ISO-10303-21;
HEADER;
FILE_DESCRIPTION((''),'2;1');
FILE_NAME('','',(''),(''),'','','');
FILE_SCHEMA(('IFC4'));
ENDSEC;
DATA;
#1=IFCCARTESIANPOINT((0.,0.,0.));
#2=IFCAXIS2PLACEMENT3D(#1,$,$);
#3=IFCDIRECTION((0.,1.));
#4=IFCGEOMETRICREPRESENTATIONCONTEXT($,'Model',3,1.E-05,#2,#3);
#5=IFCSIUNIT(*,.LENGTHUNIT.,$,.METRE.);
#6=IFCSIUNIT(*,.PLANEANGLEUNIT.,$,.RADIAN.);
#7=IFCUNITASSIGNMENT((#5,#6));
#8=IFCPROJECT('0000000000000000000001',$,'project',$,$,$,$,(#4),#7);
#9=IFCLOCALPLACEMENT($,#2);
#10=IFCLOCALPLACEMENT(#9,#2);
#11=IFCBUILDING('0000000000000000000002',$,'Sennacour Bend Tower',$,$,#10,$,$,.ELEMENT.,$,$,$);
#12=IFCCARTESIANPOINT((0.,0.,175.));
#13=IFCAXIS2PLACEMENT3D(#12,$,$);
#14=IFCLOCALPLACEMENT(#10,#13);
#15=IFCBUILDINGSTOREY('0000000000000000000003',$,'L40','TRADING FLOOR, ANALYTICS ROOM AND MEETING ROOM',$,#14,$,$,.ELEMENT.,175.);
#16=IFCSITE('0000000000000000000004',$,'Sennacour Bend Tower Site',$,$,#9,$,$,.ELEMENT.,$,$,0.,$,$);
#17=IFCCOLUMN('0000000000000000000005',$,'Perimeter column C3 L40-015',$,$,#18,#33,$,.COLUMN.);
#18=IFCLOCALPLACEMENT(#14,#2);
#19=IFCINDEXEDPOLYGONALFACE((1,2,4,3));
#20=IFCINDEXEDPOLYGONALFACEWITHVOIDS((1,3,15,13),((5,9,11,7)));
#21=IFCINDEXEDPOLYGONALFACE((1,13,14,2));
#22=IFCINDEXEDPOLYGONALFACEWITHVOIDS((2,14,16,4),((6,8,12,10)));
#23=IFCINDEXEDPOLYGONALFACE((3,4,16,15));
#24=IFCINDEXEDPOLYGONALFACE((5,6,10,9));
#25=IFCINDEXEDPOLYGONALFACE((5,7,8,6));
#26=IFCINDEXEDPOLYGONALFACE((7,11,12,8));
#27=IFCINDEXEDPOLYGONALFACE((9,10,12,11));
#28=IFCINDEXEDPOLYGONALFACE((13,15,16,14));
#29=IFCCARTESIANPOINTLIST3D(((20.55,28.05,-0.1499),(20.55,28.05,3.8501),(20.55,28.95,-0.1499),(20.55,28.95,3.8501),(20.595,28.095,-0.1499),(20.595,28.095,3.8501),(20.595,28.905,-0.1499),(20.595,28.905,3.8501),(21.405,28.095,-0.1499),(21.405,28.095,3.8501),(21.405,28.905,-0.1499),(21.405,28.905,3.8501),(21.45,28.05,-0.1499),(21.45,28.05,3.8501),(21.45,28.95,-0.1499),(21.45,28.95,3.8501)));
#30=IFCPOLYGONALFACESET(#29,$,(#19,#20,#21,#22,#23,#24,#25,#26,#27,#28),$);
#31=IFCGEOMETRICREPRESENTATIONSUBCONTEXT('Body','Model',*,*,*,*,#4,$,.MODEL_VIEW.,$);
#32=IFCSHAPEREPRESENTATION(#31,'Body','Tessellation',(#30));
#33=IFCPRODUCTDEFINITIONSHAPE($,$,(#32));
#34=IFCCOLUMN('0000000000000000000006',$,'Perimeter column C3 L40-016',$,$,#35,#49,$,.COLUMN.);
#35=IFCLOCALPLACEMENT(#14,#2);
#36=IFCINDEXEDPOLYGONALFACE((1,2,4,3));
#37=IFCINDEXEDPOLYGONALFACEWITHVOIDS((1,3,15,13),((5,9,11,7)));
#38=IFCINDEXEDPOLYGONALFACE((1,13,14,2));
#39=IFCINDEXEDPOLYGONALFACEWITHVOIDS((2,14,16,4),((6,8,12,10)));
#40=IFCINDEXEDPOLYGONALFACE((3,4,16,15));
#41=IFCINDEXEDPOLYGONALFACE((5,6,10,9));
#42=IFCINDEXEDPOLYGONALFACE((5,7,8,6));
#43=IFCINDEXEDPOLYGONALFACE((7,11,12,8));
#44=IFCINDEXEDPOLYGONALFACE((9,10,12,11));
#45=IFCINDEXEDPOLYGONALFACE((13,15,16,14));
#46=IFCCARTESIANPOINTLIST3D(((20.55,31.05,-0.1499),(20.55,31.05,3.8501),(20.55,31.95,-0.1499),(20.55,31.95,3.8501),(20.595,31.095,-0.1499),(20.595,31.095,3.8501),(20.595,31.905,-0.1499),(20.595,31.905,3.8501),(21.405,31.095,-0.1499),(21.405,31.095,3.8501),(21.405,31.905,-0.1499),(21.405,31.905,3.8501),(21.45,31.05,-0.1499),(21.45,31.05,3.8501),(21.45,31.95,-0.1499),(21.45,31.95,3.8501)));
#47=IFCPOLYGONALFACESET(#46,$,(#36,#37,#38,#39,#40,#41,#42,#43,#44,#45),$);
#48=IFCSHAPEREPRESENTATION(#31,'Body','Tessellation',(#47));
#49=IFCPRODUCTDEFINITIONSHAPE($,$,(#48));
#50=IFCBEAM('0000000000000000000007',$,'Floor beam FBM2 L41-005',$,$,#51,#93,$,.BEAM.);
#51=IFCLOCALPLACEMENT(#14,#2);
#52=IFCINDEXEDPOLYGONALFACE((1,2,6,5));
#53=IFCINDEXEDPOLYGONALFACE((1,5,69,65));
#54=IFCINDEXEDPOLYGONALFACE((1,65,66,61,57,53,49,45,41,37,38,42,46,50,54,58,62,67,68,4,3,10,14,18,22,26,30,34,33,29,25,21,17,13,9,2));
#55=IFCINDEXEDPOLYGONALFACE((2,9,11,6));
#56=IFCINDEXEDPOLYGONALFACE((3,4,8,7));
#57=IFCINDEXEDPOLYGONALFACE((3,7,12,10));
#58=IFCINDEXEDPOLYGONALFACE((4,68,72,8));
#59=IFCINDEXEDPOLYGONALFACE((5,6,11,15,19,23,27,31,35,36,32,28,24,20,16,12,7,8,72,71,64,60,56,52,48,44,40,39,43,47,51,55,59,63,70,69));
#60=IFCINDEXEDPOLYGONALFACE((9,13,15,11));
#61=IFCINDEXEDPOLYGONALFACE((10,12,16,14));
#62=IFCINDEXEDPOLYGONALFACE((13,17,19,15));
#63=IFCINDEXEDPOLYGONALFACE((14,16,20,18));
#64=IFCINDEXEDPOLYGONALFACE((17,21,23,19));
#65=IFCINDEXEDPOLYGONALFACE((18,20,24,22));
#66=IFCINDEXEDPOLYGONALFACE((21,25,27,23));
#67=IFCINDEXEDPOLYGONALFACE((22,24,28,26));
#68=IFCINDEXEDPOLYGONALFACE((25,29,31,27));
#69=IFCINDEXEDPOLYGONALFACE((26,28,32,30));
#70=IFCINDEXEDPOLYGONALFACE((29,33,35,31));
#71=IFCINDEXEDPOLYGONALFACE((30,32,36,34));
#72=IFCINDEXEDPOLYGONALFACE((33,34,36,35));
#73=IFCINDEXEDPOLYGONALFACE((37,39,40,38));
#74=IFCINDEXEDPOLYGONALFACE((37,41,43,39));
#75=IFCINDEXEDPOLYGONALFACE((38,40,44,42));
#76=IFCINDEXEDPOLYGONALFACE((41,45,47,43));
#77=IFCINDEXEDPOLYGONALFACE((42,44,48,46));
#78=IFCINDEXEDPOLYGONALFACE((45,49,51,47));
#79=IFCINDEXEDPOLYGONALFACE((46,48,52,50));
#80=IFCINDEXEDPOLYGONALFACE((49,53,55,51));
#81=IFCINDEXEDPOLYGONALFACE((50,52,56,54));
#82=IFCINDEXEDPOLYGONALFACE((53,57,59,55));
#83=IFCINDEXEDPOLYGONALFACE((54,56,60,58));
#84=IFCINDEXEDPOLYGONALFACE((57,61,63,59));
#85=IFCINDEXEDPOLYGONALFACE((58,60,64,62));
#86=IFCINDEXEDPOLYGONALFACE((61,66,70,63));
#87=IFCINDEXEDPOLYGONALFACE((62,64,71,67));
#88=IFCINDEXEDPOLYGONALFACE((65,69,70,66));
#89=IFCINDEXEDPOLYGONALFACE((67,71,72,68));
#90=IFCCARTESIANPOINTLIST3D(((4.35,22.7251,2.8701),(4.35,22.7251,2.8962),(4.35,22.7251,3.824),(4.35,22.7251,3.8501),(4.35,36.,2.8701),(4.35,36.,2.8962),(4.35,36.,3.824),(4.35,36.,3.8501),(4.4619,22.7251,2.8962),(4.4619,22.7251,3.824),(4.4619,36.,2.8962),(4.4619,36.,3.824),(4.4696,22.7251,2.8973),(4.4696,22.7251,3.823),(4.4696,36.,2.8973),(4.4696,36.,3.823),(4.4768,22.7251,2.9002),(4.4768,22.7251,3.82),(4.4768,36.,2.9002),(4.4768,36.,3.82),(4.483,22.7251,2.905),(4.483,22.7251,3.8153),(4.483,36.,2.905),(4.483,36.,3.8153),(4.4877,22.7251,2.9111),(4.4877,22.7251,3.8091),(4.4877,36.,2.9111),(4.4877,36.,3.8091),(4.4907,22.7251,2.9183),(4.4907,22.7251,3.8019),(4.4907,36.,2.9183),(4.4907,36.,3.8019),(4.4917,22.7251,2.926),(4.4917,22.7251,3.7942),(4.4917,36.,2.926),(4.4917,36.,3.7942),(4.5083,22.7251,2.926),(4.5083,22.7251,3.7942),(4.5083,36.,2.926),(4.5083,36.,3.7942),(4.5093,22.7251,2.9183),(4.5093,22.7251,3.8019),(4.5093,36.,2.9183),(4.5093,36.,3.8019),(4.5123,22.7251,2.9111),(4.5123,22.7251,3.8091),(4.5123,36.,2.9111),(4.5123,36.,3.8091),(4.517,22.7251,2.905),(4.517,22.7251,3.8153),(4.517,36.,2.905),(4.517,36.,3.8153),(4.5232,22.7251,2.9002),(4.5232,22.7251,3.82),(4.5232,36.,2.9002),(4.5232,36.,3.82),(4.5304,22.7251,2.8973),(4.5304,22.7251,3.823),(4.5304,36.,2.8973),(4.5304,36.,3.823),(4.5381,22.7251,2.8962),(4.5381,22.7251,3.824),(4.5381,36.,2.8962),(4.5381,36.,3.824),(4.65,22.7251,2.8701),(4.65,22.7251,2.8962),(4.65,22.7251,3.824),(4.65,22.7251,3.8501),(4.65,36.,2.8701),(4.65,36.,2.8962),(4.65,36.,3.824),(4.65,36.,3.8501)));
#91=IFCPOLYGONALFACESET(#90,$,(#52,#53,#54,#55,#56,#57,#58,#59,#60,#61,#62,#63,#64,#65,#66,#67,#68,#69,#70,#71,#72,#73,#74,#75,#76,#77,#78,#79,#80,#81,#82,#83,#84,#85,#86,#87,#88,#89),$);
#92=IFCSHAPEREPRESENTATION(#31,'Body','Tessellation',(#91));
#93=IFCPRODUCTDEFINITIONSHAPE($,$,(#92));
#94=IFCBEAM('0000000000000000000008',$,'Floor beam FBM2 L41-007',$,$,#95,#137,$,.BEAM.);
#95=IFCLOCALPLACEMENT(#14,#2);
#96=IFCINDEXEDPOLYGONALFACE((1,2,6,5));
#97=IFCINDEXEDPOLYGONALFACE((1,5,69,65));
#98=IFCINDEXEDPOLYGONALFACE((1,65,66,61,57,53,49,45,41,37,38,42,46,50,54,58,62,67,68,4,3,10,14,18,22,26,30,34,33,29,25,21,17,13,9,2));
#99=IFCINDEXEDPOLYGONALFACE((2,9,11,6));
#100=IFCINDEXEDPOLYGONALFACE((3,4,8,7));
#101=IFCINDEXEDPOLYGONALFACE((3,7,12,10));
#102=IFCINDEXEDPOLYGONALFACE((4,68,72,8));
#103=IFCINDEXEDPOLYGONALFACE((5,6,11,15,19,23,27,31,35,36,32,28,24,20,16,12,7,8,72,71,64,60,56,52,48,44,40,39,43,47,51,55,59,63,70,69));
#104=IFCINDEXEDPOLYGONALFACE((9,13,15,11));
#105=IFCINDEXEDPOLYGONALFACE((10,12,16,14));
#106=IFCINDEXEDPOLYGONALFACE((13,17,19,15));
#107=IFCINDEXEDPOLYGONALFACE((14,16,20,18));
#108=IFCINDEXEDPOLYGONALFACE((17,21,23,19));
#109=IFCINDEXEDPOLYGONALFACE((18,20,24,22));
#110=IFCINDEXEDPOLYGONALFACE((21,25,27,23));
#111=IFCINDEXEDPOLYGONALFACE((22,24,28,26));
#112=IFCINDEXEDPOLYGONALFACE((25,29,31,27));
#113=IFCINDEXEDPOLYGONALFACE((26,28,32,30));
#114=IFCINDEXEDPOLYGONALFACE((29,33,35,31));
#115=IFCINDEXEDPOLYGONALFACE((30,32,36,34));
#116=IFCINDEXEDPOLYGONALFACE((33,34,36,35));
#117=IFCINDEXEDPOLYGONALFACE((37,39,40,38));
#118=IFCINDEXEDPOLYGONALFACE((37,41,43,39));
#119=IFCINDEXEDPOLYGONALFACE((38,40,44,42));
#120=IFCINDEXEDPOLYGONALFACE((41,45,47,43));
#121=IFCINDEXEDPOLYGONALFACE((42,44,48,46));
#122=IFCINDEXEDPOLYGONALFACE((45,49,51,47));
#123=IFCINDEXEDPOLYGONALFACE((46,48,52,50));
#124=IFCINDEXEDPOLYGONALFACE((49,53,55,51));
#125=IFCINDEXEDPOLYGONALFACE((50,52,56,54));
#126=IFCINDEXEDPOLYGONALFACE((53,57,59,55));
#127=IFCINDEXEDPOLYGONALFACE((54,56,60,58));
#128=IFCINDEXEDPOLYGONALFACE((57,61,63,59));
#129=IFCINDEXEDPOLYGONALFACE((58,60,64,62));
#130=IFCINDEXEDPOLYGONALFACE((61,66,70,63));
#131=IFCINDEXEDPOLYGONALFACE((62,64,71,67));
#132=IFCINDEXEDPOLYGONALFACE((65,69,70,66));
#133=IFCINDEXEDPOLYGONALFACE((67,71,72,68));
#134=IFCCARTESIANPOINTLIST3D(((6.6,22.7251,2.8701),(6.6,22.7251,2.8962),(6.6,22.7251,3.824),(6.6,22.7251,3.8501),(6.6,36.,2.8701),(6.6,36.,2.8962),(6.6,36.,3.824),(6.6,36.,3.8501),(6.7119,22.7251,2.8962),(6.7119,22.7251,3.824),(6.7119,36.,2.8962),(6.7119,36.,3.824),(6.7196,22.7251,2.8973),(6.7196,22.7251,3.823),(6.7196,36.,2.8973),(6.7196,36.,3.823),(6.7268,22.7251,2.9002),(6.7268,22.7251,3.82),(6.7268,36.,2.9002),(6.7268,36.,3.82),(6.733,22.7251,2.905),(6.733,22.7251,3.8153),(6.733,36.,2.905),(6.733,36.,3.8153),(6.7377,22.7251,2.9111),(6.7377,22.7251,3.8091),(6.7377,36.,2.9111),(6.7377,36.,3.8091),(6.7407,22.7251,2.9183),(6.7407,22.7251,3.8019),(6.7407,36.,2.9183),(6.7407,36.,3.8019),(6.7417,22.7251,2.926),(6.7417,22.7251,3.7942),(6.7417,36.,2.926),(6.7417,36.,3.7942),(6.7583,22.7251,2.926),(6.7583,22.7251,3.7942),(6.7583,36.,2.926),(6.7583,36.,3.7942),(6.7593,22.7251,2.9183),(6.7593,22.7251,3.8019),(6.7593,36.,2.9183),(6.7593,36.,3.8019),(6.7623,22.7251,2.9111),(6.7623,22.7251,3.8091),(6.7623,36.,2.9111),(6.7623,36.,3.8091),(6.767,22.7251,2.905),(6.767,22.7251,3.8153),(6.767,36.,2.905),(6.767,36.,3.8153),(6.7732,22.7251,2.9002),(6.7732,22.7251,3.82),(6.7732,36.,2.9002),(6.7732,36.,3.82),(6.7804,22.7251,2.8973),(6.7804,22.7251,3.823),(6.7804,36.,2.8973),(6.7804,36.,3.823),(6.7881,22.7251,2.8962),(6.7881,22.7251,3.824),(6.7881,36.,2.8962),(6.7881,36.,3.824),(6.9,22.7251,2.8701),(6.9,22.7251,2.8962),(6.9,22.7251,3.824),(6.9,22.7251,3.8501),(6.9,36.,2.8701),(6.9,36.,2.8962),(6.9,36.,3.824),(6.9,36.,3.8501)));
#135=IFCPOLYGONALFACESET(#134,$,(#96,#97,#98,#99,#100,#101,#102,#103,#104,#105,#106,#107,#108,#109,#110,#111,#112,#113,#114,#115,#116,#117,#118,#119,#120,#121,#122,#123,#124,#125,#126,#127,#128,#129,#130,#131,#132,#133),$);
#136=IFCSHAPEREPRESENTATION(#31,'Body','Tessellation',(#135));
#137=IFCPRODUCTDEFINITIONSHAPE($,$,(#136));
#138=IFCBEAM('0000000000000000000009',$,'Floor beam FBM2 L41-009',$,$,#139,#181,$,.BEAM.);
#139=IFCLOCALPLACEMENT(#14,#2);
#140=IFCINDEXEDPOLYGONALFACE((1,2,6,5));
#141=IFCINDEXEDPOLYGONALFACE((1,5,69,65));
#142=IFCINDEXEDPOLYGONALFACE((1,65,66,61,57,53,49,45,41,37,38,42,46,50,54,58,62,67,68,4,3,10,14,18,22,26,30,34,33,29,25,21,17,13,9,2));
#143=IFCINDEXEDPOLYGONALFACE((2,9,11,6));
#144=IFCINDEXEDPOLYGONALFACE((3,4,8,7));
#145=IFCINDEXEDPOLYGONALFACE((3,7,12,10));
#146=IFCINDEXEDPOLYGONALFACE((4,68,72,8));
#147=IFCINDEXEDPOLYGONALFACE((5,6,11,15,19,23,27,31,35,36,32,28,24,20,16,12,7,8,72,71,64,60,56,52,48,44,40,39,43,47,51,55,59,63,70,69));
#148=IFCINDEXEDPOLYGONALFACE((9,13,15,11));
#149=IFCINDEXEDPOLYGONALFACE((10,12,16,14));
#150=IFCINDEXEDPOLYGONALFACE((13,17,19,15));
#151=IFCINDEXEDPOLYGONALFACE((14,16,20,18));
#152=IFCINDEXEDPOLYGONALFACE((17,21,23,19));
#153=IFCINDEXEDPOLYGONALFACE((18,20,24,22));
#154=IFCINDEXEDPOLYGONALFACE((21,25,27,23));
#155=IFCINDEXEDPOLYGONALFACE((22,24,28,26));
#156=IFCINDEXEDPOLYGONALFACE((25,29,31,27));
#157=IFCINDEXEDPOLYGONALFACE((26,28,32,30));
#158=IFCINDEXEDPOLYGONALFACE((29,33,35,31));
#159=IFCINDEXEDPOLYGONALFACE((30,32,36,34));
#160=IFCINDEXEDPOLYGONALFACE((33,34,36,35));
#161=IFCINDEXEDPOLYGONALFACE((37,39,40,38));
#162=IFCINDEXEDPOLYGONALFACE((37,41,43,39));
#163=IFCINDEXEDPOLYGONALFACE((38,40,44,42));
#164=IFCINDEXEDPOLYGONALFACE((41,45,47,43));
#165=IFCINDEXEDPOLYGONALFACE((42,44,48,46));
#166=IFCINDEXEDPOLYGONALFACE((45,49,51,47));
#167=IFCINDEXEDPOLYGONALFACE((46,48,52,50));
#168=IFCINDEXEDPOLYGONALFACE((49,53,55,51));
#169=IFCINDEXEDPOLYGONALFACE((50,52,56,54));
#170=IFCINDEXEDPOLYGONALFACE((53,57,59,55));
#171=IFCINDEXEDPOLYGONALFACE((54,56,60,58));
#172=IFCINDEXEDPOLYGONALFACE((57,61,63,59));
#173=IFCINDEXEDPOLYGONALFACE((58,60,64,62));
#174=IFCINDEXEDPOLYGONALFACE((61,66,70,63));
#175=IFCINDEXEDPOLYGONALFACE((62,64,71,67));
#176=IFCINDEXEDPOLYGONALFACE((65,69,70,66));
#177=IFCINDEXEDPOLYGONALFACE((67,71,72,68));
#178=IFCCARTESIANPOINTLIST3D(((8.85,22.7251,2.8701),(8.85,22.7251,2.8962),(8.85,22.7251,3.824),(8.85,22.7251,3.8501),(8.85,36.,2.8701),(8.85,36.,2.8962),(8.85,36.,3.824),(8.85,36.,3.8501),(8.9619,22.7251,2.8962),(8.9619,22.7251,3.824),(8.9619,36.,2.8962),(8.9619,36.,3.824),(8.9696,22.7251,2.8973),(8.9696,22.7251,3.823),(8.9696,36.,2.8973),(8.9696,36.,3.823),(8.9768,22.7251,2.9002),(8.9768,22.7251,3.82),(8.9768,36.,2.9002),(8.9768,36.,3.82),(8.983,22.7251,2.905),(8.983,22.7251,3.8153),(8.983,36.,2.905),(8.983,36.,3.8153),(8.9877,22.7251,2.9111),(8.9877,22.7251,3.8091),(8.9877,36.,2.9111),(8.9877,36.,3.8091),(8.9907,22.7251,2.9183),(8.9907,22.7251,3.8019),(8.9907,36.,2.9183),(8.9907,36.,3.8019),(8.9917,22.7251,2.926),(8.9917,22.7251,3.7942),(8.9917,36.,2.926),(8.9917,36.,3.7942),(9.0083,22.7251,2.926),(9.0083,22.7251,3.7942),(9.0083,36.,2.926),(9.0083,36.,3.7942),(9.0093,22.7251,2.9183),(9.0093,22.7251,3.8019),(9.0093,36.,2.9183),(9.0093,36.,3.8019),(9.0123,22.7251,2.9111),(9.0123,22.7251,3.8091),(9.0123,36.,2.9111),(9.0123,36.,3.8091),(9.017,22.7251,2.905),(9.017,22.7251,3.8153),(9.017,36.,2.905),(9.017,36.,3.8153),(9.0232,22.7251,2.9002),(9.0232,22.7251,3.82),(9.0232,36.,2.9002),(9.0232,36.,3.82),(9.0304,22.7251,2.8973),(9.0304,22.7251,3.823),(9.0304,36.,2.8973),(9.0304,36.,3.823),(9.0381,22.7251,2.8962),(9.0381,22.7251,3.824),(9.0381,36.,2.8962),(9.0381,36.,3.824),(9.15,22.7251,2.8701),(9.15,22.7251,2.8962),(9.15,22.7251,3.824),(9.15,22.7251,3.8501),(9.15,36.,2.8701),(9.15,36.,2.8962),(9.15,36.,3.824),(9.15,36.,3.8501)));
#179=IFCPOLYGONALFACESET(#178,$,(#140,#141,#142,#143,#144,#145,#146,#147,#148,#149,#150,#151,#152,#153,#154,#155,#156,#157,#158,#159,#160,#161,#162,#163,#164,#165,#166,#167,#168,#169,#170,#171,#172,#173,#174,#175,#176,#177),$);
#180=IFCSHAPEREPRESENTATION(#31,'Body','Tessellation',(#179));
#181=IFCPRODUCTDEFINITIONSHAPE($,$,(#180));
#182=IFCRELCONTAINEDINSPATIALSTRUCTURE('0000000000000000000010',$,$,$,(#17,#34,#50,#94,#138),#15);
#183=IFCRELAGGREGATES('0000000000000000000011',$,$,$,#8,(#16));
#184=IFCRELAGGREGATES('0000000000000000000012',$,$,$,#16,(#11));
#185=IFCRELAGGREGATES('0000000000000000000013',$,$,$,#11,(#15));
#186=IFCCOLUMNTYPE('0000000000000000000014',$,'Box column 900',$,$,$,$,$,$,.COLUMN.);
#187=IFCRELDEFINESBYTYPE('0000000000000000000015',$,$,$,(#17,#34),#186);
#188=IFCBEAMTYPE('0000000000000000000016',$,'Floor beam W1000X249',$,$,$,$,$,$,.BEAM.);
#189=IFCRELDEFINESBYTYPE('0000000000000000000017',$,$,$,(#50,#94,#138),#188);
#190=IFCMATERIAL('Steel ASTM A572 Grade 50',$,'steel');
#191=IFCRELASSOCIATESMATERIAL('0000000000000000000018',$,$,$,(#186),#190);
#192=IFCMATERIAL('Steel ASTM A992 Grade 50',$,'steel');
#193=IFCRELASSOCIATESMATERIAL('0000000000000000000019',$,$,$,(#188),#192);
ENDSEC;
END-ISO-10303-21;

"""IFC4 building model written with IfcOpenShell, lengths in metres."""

from ifc_helpers import new_model, si_unit, direction, frame, origin, origin_2d, place, context, subcontext, project, spatial, hollow_rectangle, i_section, extrude, material, material_profile, profile_set, type_object, element, save


model = new_model("IFC4")

# Units and contexts
model_context = context("Model", 3, precision=1e-05, world=origin(), true_north=direction((0.0, 1.0)))
body_context = subcontext(model_context, "Body", "Model", "MODEL_VIEW")
ifc_project = project(units=[si_unit("LENGTHUNIT", "METRE"), si_unit("PLANEANGLEUNIT", "RADIAN")], contexts=[model_context])

# Site, building, storey
site_placement = place(None, origin())
site = spatial("IfcSite", under=ifc_project, at=site_placement, Name="Sennacour Bend Tower Site", CompositionType="ELEMENT", RefElevation=0.0)
building_placement = place(site_placement, origin())
building = spatial("IfcBuilding", under=site, at=building_placement, Name="Sennacour Bend Tower", CompositionType="ELEMENT")
storey_placement = place(building_placement, frame((0.0, 0.0, 175.0)))
storey = spatial("IfcBuildingStorey", under=building, at=storey_placement, Name="L40", Description="TRADING FLOOR, ANALYTICS ROOM AND MEETING ROOM", CompositionType="ELEMENT", Elevation=175.0)

# Columns
ifc_material_1 = material(Name="Steel ASTM A572 Grade 50", Category="steel")
ifc_material_profile_1 = material_profile(ifc_material_1, hollow_rectangle(XDim=0.8999, YDim=0.8999, WallThickness=0.0449, at=origin_2d()), Name="Steel ASTM A572 Grade 50", Category="steel")
ifc_profile_set_1 = profile_set([ifc_material_profile_1], Name="Steel ASTM A572 Grade 50")
column_type = type_object("IfcColumnType", Name="Box column 900", PredefinedType="COLUMN", material=ifc_profile_set_1)
for number, where, z_axis, x_axis, name in (
    (1, (21.0, 28.5, -0.1499), (0.0, 0.0, 1.0), (1.0, 0.0, 0.0), "Perimeter column C3 L40-015"),
    (2, (21.0, 31.5, -0.1499), (0.0, 0.0, 1.0), (1.0, 0.0, 0.0), "Perimeter column C3 L40-016"),
):
    element("IfcColumn", number, at=place(storey_placement, frame(where, z_axis=z_axis, x_axis=x_axis)), inside=storey, type_object=column_type, Name=name, PredefinedType="COLUMN", context=body_context, shape_type="SweptSolid", body=[
        extrude(hollow_rectangle(XDim=0.8999, YDim=0.8999, WallThickness=0.0449, at=origin_2d()), origin(), (0.0, 0.0, 1.0), 4.0),
    ])

# Beams
ifc_material_2 = material(Name="Steel ASTM A992 Grade 50", Category="steel")
ifc_material_profile_2 = material_profile(ifc_material_2, i_section(OverallWidth=0.3, OverallDepth=0.98, WebThickness=0.0166, FlangeThickness=0.0261, FilletRadius=0.0298, at=origin_2d()), Name="Steel ASTM A992 Grade 50", Category="steel")
ifc_profile_set_2 = profile_set([ifc_material_profile_2], Name="Steel ASTM A992 Grade 50")
beam_type_1 = type_object("IfcBeamType", Name="Floor beam W1000X249", PredefinedType="BEAM", material=ifc_profile_set_2)
for number, where, z_axis, x_axis, name in (
    (3, (4.5, 22.7251, 3.3601), (0.0, 1.0, 0.0), (-1.0, 0.0, 0.0), "Floor beam FBM2 L41-005"),
    (4, (6.75, 22.7251, 3.3601), (0.0, 1.0, 0.0), (-1.0, 0.0, 0.0), "Floor beam FBM2 L41-007"),
    (5, (9.0, 22.7251, 3.3601), (0.0, 1.0, 0.0), (-1.0, 0.0, 0.0), "Floor beam FBM2 L41-009"),
):
    element("IfcBeam", number, at=place(storey_placement, frame(where, z_axis=z_axis, x_axis=x_axis)), inside=storey, type_object=beam_type_1, Name=name, PredefinedType="BEAM", context=body_context, shape_type="SweptSolid", body=[
        extrude(i_section(OverallWidth=0.3, OverallDepth=0.98, WebThickness=0.0166, FlangeThickness=0.0261, FilletRadius=0.0298, at=origin_2d()), origin(), (0.0, 0.0, 1.0), 13.2749),
    ])

save(model, "model.ifc")
